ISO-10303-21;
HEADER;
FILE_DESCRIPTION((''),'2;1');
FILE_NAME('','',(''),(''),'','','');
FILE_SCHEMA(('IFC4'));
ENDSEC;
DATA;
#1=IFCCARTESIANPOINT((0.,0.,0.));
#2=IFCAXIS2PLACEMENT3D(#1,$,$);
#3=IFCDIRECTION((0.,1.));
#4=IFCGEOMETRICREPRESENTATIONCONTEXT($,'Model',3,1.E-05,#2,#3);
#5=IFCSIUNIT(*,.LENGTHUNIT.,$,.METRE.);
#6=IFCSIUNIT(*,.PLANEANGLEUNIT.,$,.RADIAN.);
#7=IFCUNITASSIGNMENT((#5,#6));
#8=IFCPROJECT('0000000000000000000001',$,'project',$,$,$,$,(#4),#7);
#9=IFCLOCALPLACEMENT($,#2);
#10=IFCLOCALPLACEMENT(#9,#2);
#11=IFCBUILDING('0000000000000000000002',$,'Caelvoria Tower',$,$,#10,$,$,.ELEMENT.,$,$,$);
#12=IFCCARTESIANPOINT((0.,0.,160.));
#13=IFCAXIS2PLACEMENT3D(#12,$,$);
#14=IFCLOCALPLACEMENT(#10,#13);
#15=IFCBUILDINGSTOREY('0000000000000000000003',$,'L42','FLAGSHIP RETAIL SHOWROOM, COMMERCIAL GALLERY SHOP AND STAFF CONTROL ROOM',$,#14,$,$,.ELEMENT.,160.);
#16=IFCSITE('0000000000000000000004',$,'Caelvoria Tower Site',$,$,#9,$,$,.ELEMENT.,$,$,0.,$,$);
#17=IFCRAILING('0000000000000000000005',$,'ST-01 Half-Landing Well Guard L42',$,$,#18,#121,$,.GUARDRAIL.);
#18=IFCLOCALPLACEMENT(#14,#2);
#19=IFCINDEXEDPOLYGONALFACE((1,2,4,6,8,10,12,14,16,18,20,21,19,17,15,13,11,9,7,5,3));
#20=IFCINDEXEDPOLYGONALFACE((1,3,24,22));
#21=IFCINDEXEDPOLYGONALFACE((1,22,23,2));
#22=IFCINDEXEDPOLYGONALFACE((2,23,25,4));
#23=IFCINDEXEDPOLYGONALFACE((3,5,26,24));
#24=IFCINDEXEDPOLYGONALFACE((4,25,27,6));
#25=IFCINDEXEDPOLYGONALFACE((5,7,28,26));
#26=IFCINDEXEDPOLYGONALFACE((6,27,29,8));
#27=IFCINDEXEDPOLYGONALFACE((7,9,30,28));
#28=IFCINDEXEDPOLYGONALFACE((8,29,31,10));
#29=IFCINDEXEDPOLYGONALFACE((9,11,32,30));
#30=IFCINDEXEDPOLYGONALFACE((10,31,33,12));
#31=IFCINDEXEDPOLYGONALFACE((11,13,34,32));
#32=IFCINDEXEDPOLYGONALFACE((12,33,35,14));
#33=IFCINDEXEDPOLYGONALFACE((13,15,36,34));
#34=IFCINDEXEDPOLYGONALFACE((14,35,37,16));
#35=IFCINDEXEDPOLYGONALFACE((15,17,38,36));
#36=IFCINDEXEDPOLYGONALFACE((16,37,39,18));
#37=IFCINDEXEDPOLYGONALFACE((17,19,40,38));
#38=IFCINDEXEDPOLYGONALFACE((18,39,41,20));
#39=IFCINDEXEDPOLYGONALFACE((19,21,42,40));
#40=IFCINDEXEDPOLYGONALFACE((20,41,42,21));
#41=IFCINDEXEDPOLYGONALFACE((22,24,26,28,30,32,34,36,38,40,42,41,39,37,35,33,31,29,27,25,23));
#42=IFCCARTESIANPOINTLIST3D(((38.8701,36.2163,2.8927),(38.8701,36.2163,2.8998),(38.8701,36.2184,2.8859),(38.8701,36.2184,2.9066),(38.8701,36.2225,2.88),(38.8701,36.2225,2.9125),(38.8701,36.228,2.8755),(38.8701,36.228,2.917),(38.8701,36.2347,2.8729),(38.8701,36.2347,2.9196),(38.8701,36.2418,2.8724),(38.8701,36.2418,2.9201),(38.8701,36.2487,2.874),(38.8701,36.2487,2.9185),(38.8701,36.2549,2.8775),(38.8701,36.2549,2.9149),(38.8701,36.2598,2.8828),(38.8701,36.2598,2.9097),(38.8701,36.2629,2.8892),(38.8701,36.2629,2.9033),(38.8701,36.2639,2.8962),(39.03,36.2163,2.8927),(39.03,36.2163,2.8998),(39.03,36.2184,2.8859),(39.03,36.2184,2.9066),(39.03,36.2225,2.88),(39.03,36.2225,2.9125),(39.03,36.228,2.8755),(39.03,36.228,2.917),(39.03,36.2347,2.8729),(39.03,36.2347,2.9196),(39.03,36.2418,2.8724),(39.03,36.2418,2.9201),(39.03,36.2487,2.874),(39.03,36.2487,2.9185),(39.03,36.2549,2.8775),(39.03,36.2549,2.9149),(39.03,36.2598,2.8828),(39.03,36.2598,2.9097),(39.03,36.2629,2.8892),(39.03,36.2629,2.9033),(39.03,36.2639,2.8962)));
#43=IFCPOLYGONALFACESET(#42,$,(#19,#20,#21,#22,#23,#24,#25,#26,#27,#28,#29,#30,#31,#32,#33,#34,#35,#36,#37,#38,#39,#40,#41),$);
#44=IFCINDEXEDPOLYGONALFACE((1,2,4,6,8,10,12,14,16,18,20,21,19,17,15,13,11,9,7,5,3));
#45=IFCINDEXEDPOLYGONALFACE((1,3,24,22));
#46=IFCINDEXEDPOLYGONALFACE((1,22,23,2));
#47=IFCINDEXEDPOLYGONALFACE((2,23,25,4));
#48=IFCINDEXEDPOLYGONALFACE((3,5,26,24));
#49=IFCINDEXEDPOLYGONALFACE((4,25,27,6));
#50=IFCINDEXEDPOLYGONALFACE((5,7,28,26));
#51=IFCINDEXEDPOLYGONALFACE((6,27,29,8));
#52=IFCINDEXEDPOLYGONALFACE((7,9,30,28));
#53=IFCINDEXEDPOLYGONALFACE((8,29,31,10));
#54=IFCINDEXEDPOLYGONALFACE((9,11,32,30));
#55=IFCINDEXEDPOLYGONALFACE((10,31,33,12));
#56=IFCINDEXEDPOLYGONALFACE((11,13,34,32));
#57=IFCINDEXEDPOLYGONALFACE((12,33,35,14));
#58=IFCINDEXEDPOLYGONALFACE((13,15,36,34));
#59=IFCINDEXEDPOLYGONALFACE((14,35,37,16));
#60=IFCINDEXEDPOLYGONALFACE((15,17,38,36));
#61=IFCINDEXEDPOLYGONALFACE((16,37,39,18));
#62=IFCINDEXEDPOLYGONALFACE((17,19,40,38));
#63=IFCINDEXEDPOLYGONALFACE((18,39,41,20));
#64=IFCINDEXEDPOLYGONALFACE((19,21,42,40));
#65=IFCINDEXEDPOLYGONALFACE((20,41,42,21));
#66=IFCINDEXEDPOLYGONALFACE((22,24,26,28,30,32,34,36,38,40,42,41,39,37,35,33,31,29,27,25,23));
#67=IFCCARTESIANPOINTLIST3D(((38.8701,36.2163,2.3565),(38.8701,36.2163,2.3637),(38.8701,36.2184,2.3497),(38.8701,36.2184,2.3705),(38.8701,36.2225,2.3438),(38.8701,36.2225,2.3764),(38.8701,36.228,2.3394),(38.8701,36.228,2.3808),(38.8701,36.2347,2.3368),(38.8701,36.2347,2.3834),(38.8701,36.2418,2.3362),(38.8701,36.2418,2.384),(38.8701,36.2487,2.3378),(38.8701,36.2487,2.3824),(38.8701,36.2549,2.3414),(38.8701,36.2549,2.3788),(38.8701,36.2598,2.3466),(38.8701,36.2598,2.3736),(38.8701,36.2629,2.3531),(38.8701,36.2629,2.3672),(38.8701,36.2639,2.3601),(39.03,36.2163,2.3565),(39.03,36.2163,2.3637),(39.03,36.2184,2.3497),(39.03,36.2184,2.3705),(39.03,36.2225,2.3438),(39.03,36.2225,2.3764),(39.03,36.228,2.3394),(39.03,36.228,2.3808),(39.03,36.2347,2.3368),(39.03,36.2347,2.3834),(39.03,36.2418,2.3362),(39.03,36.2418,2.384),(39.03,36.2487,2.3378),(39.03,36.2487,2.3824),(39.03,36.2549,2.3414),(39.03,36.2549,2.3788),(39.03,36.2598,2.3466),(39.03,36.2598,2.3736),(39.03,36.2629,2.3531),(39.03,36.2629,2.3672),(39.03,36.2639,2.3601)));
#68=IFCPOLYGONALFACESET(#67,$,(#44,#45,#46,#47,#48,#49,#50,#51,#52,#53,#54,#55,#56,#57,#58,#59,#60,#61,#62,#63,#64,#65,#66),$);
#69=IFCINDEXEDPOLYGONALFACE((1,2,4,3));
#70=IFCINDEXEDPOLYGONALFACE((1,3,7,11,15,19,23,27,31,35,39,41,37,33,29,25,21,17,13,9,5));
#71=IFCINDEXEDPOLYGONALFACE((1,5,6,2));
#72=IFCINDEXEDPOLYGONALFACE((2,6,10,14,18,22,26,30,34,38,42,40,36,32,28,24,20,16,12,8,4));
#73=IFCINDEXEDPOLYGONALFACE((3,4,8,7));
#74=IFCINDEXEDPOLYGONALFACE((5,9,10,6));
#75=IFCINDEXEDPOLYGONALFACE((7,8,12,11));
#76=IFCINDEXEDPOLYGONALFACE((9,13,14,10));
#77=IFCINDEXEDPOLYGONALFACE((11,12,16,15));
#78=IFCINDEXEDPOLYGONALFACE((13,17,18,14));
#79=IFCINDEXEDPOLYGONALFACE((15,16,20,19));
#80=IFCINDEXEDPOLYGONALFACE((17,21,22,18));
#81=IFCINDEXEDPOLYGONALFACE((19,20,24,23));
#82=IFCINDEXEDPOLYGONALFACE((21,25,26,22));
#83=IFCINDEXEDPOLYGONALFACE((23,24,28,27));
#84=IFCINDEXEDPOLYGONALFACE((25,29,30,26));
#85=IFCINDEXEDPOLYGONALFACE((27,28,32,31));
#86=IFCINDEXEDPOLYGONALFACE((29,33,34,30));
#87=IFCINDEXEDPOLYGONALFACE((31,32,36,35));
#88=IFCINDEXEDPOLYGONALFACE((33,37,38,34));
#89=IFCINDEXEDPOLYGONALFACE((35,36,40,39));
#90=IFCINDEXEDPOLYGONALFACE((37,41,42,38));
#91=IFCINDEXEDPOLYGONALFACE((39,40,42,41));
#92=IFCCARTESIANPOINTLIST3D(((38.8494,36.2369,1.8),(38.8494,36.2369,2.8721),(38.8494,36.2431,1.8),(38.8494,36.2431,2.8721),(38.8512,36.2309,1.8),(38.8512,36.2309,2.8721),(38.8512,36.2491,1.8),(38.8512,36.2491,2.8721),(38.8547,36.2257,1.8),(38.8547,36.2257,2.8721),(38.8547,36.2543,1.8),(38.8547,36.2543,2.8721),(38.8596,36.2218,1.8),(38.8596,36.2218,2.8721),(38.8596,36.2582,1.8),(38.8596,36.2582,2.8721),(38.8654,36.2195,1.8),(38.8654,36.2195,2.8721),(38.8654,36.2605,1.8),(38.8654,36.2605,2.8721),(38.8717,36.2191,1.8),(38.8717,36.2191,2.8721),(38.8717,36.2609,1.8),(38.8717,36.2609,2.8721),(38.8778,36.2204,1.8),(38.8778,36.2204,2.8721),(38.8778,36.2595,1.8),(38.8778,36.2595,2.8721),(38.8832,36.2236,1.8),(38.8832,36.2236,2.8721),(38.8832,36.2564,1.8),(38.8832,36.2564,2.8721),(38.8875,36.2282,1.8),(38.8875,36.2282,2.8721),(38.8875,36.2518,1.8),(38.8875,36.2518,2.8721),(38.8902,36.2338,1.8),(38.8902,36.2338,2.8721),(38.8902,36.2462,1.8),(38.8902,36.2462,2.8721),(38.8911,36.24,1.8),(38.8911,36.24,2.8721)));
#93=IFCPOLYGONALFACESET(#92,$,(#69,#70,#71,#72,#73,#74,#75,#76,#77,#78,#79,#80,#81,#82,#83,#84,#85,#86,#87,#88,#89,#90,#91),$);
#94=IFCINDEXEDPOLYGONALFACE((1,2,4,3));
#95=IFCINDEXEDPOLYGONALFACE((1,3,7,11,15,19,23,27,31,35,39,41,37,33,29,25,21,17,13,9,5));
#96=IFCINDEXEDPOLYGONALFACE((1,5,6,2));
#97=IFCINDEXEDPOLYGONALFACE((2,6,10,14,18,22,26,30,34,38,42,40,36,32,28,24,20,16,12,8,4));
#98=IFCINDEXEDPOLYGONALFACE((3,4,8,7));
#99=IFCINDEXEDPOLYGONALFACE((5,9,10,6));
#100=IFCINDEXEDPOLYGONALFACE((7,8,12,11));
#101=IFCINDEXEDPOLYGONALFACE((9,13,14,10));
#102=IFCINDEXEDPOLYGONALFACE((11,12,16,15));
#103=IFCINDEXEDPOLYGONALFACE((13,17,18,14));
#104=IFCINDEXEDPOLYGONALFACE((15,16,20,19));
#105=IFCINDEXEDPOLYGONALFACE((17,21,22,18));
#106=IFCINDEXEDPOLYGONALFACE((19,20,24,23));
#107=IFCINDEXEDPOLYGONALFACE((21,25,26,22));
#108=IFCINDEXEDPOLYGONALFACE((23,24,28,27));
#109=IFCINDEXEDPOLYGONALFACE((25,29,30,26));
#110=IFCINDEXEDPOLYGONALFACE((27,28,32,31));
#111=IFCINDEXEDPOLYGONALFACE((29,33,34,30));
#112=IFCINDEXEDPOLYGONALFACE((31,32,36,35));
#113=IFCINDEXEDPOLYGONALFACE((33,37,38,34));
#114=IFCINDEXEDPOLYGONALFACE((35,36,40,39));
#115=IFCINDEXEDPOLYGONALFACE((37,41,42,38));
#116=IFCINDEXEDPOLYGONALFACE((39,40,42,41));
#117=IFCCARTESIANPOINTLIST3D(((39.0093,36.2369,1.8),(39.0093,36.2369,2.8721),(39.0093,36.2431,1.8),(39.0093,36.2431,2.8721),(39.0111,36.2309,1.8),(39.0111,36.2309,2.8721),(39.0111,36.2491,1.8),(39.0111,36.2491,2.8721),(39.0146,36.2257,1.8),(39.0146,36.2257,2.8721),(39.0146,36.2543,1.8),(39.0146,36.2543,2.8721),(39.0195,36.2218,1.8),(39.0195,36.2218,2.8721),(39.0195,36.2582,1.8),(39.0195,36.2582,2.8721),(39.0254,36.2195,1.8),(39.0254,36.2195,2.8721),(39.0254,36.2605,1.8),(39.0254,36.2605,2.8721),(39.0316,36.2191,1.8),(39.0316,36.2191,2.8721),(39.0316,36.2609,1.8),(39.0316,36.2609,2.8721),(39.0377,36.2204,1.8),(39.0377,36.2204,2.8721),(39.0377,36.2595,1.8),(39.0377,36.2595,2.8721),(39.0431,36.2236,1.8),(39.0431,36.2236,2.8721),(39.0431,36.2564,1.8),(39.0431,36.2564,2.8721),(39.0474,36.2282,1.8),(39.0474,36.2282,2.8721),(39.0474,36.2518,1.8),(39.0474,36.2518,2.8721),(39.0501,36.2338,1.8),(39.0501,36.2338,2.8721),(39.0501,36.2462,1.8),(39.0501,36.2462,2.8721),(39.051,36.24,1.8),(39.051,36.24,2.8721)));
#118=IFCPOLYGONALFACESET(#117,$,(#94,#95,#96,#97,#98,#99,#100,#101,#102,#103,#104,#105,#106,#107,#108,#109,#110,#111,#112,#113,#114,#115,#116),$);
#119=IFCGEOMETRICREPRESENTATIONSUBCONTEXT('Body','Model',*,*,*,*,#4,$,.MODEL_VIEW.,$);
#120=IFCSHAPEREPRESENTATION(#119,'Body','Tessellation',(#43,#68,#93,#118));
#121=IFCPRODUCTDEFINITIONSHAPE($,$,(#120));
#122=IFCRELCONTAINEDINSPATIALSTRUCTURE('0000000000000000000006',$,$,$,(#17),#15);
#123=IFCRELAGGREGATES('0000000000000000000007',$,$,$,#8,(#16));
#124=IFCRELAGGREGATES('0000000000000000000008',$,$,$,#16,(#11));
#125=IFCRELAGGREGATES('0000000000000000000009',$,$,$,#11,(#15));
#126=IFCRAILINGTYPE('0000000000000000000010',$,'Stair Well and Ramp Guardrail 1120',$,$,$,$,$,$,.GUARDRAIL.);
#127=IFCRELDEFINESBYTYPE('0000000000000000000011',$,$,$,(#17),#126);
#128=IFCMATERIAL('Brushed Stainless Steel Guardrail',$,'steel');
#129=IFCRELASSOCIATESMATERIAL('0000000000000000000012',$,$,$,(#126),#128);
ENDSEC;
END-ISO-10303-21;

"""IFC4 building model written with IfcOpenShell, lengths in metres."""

from ifc_helpers import new_model, si_unit, direction, frame, origin, origin_2d, place, context, subcontext, project, spatial, circle, extrude, material, type_object, element, save


model = new_model("IFC4")

# Units and contexts
model_context = context("Model", 3, precision=1e-05, world=origin(), true_north=direction((0.0, 1.0)))
body_context = subcontext(model_context, "Body", "Model", "MODEL_VIEW")
ifc_project = project(units=[si_unit("LENGTHUNIT", "METRE"), si_unit("PLANEANGLEUNIT", "RADIAN")], contexts=[model_context])

# Site, building, storey
site_placement = place(None, origin())
site = spatial("IfcSite", under=ifc_project, at=site_placement, Name="Caelvoria Tower Site", CompositionType="ELEMENT", RefElevation=0.0)
building_placement = place(site_placement, origin())
building = spatial("IfcBuilding", under=site, at=building_placement, Name="Caelvoria Tower", CompositionType="ELEMENT")
storey_placement = place(building_placement, frame((0.0, 0.0, 160.0)))
storey = spatial("IfcBuildingStorey", under=building, at=storey_placement, Name="L42", Description="FLAGSHIP RETAIL SHOWROOM, COMMERCIAL GALLERY SHOP AND STAFF CONTROL ROOM", CompositionType="ELEMENT", Elevation=160.0)

# Railing
ifc_material_1 = material(Name="Brushed Stainless Steel Guardrail", Category="steel")
railing_type_1 = type_object("IfcRailingType", Name="Stair Well and Ramp Guardrail 1120", PredefinedType="GUARDRAIL", material=ifc_material_1)
railing_1_placement = place(storey_placement, frame((38.8701, 36.24, 1.8)))
element("IfcRailing", 1, at=railing_1_placement, inside=storey, type_object=railing_type_1, Name="ST-01 Half-Landing Well Guard L42", PredefinedType="GUARDRAIL", context=body_context, shape_type="SweptSolid", body=[
    extrude(circle(Radius=0.0239, at=origin_2d()), frame((0.0, 0.0, 1.0962), z_axis=(1.0, 0.0, 0.0), x_axis=(0.0, 1.0, 0.0)), (0.0, 0.0, 1.0), 0.1599),
    extrude(circle(Radius=0.0239, at=origin_2d()), frame((0.0, 0.0, 0.5601), z_axis=(1.0, 0.0, 0.0), x_axis=(0.0, 1.0, 0.0)), (0.0, 0.0, 1.0), 0.1599),
    extrude(circle(Radius=0.021, at=origin_2d()), origin(), (0.0, 0.0, 1.0), 1.072),
    extrude(circle(Radius=0.021, at=origin_2d()), frame((0.1599, 0.0, 0.0)), (0.0, 0.0, 1.0), 1.072),
])

save(model, "model.ifc")
